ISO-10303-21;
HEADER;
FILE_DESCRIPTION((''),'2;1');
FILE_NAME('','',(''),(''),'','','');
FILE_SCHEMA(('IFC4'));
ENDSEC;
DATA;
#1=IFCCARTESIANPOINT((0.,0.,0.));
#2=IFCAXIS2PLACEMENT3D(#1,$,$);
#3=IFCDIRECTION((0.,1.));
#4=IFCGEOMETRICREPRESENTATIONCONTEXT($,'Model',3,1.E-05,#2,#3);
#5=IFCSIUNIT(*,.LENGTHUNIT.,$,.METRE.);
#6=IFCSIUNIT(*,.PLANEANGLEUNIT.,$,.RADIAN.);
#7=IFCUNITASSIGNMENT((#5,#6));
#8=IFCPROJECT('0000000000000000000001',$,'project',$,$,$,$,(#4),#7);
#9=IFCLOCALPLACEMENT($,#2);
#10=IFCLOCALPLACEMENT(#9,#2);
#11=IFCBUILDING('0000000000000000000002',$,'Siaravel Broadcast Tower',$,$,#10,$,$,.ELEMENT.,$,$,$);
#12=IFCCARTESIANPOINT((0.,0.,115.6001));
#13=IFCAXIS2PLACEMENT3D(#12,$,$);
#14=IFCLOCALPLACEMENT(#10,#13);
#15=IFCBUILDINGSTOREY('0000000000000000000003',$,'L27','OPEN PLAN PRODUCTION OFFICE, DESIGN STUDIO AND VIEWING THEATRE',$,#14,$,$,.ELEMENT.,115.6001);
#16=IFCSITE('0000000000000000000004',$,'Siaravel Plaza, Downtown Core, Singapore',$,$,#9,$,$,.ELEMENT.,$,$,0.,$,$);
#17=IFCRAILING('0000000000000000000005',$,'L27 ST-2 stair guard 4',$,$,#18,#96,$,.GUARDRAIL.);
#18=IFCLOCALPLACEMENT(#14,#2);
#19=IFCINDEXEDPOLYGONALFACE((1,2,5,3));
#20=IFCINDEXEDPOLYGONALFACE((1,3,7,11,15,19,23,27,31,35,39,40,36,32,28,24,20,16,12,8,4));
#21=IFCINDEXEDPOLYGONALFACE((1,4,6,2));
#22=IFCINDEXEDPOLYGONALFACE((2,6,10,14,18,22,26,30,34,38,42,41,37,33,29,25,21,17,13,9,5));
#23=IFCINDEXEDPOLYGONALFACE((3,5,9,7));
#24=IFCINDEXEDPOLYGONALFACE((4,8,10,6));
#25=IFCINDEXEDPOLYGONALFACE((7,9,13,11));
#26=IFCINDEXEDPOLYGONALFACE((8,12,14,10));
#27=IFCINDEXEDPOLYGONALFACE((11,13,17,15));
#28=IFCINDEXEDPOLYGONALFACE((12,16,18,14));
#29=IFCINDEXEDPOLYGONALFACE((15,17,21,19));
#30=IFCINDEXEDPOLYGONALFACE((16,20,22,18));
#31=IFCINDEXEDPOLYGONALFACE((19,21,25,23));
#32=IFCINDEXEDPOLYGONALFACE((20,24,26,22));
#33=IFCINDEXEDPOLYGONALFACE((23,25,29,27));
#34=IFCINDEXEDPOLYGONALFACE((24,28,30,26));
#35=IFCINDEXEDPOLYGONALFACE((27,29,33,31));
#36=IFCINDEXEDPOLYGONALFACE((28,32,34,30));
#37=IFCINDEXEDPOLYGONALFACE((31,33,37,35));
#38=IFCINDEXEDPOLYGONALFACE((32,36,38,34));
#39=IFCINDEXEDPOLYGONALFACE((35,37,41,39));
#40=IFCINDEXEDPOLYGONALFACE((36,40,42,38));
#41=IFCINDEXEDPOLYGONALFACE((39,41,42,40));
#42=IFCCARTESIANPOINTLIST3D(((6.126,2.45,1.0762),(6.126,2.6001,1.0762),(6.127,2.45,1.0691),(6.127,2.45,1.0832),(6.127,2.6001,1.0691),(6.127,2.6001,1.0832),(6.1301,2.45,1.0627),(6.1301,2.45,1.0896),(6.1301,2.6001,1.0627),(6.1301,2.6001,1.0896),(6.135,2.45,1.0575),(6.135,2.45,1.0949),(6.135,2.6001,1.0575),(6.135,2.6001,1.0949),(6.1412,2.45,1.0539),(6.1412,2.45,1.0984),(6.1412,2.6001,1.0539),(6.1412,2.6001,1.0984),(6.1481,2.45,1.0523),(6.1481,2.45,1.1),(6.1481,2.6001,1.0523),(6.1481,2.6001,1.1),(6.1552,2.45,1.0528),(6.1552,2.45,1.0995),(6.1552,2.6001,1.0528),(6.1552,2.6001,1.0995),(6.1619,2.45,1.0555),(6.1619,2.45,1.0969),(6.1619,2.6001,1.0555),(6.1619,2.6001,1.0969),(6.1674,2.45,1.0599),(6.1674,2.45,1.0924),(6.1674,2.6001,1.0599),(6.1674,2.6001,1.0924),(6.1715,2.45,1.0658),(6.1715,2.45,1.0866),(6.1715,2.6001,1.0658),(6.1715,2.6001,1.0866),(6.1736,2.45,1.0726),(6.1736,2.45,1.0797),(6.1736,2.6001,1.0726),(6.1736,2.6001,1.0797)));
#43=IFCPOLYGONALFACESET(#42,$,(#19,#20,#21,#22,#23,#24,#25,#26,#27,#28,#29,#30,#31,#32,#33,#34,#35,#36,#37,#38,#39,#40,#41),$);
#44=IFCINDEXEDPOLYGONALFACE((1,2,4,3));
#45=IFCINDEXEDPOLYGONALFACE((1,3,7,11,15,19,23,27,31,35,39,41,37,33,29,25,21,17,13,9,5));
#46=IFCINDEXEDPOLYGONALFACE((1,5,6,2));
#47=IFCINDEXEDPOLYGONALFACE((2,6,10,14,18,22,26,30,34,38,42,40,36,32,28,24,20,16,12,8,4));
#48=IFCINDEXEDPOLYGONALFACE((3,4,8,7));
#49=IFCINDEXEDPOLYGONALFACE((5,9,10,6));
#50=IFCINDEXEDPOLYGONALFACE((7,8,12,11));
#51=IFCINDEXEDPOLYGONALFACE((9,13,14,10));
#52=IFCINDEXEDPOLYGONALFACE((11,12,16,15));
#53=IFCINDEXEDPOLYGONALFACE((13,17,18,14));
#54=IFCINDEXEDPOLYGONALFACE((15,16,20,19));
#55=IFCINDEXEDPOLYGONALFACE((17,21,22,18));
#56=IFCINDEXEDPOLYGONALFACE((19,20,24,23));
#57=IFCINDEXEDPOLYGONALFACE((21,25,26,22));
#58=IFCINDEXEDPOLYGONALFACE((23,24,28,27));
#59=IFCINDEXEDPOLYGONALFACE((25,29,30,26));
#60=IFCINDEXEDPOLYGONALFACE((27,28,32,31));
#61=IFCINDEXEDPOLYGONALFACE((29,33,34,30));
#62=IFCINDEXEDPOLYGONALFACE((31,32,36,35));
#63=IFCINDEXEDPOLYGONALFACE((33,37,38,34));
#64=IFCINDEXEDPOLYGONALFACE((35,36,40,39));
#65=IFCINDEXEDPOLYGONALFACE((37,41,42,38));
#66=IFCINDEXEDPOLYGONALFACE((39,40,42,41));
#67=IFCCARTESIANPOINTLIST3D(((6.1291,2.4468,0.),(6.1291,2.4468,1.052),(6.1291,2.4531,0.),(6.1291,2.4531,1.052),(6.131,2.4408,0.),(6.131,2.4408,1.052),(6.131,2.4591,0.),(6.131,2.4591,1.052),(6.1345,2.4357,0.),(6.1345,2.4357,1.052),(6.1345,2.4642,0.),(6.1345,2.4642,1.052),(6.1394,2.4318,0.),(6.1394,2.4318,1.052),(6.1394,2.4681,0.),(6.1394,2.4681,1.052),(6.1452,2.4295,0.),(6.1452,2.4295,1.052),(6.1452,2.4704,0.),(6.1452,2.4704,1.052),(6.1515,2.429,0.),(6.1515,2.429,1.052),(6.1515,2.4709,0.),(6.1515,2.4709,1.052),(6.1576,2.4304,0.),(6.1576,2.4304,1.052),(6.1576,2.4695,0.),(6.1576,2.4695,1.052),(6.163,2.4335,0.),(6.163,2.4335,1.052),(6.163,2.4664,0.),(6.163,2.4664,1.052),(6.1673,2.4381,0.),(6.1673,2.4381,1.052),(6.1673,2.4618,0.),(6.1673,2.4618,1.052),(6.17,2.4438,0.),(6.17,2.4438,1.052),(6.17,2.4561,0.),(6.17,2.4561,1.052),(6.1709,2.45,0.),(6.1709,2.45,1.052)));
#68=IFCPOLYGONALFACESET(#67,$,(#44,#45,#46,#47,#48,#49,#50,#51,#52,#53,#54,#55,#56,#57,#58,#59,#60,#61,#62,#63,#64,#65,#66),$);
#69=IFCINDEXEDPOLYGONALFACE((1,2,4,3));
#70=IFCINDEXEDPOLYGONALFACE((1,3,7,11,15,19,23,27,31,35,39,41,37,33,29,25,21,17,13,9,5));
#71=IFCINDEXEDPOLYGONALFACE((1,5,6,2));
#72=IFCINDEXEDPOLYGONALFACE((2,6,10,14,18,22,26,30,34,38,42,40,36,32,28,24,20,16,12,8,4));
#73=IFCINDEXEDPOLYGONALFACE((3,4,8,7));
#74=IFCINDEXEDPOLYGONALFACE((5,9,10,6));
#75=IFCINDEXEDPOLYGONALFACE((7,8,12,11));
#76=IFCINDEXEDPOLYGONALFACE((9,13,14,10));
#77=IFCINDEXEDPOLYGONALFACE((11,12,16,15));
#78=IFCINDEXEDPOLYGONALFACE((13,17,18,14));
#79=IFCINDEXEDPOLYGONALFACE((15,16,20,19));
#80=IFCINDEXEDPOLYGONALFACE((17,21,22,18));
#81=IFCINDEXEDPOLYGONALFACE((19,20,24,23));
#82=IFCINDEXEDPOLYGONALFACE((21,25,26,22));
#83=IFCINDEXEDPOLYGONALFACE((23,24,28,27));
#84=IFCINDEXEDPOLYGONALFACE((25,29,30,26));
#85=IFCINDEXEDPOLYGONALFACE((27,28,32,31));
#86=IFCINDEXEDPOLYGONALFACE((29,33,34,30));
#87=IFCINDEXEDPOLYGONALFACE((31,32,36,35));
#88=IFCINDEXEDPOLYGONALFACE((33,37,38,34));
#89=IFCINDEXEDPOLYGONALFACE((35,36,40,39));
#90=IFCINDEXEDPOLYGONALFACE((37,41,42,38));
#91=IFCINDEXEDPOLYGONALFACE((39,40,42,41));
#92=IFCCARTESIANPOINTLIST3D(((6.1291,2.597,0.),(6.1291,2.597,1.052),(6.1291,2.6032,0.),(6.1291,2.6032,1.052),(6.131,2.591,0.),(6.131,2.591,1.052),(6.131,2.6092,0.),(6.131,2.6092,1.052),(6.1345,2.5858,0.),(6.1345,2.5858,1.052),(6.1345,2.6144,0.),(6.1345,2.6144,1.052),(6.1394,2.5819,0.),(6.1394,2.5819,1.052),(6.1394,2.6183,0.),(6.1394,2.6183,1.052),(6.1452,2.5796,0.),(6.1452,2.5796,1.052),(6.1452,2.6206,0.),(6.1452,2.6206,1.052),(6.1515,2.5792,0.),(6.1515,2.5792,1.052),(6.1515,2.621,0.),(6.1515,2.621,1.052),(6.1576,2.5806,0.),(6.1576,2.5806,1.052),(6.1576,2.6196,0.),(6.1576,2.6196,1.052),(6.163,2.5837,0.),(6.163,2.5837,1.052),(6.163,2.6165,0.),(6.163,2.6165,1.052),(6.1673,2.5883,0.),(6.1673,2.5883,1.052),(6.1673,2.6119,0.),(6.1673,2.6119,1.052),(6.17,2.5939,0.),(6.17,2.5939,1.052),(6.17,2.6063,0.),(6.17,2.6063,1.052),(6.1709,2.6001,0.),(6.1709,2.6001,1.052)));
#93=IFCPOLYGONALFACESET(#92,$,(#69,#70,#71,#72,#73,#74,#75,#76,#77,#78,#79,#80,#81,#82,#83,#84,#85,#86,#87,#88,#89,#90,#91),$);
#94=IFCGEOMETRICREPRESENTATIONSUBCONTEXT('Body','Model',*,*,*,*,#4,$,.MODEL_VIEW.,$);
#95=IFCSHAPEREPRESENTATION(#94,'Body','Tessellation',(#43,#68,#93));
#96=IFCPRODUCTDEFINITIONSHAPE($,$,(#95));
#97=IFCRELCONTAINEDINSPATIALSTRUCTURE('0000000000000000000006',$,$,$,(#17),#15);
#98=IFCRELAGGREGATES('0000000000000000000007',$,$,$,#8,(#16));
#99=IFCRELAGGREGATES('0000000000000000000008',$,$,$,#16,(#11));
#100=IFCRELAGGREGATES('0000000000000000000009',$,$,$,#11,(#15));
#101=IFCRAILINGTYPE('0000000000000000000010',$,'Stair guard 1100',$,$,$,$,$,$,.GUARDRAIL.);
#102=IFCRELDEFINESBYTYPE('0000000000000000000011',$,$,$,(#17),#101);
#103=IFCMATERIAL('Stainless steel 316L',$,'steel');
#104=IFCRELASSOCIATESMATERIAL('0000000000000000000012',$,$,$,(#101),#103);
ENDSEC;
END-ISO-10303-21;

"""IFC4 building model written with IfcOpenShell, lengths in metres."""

from ifc_helpers import new_model, si_unit, direction, frame, origin, origin_2d, place, context, subcontext, project, spatial, circle, extrude, material, type_object, element, save


model = new_model("IFC4")

# Units and contexts
model_context = context("Model", 3, precision=1e-05, world=origin(), true_north=direction((0.0, 1.0)))
body_context = subcontext(model_context, "Body", "Model", "MODEL_VIEW")
ifc_project = project(units=[si_unit("LENGTHUNIT", "METRE"), si_unit("PLANEANGLEUNIT", "RADIAN")], contexts=[model_context])

# Site, building, storey
site_placement = place(None, origin())
site = spatial("IfcSite", under=ifc_project, at=site_placement, Name="Siaravel Plaza, Downtown Core, Singapore", CompositionType="ELEMENT", RefElevation=0.0)
building_placement = place(site_placement, origin())
building = spatial("IfcBuilding", under=site, at=building_placement, Name="Siaravel Broadcast Tower", CompositionType="ELEMENT")
storey_placement = place(building_placement, frame((0.0, 0.0, 115.6001)))
storey = spatial("IfcBuildingStorey", under=building, at=storey_placement, Name="L27", Description="OPEN PLAN PRODUCTION OFFICE, DESIGN STUDIO AND VIEWING THEATRE", CompositionType="ELEMENT", Elevation=115.6001)

# Railing
ifc_material_1 = material(Name="Stainless steel 316L", Category="steel")
railing_type_1 = type_object("IfcRailingType", Name="Stair guard 1100", PredefinedType="GUARDRAIL", material=ifc_material_1)
railing_1_placement = place(storey_placement, frame((6.1499, 2.45, 0.0)))
element("IfcRailing", 1, at=railing_1_placement, inside=storey, type_object=railing_type_1, Name="L27 ST-2 stair guard 4", PredefinedType="GUARDRAIL", context=body_context, shape_type="SweptSolid", body=[
    extrude(circle(Radius=0.0239, at=origin_2d()), frame((0.0, 0.0, 1.0762), z_axis=(0.0, 1.0, 0.0), x_axis=(-1.0, 0.0, 0.0)), (0.0, 0.0, 1.0), 0.1501),
    extrude(circle(Radius=0.021, at=origin_2d()), origin(), (0.0, 0.0, 1.0), 1.052),
    extrude(circle(Radius=0.021, at=origin_2d()), frame((0.0, 0.1501, 0.0)), (0.0, 0.0, 1.0), 1.052),
])

save(model, "model.ifc")
